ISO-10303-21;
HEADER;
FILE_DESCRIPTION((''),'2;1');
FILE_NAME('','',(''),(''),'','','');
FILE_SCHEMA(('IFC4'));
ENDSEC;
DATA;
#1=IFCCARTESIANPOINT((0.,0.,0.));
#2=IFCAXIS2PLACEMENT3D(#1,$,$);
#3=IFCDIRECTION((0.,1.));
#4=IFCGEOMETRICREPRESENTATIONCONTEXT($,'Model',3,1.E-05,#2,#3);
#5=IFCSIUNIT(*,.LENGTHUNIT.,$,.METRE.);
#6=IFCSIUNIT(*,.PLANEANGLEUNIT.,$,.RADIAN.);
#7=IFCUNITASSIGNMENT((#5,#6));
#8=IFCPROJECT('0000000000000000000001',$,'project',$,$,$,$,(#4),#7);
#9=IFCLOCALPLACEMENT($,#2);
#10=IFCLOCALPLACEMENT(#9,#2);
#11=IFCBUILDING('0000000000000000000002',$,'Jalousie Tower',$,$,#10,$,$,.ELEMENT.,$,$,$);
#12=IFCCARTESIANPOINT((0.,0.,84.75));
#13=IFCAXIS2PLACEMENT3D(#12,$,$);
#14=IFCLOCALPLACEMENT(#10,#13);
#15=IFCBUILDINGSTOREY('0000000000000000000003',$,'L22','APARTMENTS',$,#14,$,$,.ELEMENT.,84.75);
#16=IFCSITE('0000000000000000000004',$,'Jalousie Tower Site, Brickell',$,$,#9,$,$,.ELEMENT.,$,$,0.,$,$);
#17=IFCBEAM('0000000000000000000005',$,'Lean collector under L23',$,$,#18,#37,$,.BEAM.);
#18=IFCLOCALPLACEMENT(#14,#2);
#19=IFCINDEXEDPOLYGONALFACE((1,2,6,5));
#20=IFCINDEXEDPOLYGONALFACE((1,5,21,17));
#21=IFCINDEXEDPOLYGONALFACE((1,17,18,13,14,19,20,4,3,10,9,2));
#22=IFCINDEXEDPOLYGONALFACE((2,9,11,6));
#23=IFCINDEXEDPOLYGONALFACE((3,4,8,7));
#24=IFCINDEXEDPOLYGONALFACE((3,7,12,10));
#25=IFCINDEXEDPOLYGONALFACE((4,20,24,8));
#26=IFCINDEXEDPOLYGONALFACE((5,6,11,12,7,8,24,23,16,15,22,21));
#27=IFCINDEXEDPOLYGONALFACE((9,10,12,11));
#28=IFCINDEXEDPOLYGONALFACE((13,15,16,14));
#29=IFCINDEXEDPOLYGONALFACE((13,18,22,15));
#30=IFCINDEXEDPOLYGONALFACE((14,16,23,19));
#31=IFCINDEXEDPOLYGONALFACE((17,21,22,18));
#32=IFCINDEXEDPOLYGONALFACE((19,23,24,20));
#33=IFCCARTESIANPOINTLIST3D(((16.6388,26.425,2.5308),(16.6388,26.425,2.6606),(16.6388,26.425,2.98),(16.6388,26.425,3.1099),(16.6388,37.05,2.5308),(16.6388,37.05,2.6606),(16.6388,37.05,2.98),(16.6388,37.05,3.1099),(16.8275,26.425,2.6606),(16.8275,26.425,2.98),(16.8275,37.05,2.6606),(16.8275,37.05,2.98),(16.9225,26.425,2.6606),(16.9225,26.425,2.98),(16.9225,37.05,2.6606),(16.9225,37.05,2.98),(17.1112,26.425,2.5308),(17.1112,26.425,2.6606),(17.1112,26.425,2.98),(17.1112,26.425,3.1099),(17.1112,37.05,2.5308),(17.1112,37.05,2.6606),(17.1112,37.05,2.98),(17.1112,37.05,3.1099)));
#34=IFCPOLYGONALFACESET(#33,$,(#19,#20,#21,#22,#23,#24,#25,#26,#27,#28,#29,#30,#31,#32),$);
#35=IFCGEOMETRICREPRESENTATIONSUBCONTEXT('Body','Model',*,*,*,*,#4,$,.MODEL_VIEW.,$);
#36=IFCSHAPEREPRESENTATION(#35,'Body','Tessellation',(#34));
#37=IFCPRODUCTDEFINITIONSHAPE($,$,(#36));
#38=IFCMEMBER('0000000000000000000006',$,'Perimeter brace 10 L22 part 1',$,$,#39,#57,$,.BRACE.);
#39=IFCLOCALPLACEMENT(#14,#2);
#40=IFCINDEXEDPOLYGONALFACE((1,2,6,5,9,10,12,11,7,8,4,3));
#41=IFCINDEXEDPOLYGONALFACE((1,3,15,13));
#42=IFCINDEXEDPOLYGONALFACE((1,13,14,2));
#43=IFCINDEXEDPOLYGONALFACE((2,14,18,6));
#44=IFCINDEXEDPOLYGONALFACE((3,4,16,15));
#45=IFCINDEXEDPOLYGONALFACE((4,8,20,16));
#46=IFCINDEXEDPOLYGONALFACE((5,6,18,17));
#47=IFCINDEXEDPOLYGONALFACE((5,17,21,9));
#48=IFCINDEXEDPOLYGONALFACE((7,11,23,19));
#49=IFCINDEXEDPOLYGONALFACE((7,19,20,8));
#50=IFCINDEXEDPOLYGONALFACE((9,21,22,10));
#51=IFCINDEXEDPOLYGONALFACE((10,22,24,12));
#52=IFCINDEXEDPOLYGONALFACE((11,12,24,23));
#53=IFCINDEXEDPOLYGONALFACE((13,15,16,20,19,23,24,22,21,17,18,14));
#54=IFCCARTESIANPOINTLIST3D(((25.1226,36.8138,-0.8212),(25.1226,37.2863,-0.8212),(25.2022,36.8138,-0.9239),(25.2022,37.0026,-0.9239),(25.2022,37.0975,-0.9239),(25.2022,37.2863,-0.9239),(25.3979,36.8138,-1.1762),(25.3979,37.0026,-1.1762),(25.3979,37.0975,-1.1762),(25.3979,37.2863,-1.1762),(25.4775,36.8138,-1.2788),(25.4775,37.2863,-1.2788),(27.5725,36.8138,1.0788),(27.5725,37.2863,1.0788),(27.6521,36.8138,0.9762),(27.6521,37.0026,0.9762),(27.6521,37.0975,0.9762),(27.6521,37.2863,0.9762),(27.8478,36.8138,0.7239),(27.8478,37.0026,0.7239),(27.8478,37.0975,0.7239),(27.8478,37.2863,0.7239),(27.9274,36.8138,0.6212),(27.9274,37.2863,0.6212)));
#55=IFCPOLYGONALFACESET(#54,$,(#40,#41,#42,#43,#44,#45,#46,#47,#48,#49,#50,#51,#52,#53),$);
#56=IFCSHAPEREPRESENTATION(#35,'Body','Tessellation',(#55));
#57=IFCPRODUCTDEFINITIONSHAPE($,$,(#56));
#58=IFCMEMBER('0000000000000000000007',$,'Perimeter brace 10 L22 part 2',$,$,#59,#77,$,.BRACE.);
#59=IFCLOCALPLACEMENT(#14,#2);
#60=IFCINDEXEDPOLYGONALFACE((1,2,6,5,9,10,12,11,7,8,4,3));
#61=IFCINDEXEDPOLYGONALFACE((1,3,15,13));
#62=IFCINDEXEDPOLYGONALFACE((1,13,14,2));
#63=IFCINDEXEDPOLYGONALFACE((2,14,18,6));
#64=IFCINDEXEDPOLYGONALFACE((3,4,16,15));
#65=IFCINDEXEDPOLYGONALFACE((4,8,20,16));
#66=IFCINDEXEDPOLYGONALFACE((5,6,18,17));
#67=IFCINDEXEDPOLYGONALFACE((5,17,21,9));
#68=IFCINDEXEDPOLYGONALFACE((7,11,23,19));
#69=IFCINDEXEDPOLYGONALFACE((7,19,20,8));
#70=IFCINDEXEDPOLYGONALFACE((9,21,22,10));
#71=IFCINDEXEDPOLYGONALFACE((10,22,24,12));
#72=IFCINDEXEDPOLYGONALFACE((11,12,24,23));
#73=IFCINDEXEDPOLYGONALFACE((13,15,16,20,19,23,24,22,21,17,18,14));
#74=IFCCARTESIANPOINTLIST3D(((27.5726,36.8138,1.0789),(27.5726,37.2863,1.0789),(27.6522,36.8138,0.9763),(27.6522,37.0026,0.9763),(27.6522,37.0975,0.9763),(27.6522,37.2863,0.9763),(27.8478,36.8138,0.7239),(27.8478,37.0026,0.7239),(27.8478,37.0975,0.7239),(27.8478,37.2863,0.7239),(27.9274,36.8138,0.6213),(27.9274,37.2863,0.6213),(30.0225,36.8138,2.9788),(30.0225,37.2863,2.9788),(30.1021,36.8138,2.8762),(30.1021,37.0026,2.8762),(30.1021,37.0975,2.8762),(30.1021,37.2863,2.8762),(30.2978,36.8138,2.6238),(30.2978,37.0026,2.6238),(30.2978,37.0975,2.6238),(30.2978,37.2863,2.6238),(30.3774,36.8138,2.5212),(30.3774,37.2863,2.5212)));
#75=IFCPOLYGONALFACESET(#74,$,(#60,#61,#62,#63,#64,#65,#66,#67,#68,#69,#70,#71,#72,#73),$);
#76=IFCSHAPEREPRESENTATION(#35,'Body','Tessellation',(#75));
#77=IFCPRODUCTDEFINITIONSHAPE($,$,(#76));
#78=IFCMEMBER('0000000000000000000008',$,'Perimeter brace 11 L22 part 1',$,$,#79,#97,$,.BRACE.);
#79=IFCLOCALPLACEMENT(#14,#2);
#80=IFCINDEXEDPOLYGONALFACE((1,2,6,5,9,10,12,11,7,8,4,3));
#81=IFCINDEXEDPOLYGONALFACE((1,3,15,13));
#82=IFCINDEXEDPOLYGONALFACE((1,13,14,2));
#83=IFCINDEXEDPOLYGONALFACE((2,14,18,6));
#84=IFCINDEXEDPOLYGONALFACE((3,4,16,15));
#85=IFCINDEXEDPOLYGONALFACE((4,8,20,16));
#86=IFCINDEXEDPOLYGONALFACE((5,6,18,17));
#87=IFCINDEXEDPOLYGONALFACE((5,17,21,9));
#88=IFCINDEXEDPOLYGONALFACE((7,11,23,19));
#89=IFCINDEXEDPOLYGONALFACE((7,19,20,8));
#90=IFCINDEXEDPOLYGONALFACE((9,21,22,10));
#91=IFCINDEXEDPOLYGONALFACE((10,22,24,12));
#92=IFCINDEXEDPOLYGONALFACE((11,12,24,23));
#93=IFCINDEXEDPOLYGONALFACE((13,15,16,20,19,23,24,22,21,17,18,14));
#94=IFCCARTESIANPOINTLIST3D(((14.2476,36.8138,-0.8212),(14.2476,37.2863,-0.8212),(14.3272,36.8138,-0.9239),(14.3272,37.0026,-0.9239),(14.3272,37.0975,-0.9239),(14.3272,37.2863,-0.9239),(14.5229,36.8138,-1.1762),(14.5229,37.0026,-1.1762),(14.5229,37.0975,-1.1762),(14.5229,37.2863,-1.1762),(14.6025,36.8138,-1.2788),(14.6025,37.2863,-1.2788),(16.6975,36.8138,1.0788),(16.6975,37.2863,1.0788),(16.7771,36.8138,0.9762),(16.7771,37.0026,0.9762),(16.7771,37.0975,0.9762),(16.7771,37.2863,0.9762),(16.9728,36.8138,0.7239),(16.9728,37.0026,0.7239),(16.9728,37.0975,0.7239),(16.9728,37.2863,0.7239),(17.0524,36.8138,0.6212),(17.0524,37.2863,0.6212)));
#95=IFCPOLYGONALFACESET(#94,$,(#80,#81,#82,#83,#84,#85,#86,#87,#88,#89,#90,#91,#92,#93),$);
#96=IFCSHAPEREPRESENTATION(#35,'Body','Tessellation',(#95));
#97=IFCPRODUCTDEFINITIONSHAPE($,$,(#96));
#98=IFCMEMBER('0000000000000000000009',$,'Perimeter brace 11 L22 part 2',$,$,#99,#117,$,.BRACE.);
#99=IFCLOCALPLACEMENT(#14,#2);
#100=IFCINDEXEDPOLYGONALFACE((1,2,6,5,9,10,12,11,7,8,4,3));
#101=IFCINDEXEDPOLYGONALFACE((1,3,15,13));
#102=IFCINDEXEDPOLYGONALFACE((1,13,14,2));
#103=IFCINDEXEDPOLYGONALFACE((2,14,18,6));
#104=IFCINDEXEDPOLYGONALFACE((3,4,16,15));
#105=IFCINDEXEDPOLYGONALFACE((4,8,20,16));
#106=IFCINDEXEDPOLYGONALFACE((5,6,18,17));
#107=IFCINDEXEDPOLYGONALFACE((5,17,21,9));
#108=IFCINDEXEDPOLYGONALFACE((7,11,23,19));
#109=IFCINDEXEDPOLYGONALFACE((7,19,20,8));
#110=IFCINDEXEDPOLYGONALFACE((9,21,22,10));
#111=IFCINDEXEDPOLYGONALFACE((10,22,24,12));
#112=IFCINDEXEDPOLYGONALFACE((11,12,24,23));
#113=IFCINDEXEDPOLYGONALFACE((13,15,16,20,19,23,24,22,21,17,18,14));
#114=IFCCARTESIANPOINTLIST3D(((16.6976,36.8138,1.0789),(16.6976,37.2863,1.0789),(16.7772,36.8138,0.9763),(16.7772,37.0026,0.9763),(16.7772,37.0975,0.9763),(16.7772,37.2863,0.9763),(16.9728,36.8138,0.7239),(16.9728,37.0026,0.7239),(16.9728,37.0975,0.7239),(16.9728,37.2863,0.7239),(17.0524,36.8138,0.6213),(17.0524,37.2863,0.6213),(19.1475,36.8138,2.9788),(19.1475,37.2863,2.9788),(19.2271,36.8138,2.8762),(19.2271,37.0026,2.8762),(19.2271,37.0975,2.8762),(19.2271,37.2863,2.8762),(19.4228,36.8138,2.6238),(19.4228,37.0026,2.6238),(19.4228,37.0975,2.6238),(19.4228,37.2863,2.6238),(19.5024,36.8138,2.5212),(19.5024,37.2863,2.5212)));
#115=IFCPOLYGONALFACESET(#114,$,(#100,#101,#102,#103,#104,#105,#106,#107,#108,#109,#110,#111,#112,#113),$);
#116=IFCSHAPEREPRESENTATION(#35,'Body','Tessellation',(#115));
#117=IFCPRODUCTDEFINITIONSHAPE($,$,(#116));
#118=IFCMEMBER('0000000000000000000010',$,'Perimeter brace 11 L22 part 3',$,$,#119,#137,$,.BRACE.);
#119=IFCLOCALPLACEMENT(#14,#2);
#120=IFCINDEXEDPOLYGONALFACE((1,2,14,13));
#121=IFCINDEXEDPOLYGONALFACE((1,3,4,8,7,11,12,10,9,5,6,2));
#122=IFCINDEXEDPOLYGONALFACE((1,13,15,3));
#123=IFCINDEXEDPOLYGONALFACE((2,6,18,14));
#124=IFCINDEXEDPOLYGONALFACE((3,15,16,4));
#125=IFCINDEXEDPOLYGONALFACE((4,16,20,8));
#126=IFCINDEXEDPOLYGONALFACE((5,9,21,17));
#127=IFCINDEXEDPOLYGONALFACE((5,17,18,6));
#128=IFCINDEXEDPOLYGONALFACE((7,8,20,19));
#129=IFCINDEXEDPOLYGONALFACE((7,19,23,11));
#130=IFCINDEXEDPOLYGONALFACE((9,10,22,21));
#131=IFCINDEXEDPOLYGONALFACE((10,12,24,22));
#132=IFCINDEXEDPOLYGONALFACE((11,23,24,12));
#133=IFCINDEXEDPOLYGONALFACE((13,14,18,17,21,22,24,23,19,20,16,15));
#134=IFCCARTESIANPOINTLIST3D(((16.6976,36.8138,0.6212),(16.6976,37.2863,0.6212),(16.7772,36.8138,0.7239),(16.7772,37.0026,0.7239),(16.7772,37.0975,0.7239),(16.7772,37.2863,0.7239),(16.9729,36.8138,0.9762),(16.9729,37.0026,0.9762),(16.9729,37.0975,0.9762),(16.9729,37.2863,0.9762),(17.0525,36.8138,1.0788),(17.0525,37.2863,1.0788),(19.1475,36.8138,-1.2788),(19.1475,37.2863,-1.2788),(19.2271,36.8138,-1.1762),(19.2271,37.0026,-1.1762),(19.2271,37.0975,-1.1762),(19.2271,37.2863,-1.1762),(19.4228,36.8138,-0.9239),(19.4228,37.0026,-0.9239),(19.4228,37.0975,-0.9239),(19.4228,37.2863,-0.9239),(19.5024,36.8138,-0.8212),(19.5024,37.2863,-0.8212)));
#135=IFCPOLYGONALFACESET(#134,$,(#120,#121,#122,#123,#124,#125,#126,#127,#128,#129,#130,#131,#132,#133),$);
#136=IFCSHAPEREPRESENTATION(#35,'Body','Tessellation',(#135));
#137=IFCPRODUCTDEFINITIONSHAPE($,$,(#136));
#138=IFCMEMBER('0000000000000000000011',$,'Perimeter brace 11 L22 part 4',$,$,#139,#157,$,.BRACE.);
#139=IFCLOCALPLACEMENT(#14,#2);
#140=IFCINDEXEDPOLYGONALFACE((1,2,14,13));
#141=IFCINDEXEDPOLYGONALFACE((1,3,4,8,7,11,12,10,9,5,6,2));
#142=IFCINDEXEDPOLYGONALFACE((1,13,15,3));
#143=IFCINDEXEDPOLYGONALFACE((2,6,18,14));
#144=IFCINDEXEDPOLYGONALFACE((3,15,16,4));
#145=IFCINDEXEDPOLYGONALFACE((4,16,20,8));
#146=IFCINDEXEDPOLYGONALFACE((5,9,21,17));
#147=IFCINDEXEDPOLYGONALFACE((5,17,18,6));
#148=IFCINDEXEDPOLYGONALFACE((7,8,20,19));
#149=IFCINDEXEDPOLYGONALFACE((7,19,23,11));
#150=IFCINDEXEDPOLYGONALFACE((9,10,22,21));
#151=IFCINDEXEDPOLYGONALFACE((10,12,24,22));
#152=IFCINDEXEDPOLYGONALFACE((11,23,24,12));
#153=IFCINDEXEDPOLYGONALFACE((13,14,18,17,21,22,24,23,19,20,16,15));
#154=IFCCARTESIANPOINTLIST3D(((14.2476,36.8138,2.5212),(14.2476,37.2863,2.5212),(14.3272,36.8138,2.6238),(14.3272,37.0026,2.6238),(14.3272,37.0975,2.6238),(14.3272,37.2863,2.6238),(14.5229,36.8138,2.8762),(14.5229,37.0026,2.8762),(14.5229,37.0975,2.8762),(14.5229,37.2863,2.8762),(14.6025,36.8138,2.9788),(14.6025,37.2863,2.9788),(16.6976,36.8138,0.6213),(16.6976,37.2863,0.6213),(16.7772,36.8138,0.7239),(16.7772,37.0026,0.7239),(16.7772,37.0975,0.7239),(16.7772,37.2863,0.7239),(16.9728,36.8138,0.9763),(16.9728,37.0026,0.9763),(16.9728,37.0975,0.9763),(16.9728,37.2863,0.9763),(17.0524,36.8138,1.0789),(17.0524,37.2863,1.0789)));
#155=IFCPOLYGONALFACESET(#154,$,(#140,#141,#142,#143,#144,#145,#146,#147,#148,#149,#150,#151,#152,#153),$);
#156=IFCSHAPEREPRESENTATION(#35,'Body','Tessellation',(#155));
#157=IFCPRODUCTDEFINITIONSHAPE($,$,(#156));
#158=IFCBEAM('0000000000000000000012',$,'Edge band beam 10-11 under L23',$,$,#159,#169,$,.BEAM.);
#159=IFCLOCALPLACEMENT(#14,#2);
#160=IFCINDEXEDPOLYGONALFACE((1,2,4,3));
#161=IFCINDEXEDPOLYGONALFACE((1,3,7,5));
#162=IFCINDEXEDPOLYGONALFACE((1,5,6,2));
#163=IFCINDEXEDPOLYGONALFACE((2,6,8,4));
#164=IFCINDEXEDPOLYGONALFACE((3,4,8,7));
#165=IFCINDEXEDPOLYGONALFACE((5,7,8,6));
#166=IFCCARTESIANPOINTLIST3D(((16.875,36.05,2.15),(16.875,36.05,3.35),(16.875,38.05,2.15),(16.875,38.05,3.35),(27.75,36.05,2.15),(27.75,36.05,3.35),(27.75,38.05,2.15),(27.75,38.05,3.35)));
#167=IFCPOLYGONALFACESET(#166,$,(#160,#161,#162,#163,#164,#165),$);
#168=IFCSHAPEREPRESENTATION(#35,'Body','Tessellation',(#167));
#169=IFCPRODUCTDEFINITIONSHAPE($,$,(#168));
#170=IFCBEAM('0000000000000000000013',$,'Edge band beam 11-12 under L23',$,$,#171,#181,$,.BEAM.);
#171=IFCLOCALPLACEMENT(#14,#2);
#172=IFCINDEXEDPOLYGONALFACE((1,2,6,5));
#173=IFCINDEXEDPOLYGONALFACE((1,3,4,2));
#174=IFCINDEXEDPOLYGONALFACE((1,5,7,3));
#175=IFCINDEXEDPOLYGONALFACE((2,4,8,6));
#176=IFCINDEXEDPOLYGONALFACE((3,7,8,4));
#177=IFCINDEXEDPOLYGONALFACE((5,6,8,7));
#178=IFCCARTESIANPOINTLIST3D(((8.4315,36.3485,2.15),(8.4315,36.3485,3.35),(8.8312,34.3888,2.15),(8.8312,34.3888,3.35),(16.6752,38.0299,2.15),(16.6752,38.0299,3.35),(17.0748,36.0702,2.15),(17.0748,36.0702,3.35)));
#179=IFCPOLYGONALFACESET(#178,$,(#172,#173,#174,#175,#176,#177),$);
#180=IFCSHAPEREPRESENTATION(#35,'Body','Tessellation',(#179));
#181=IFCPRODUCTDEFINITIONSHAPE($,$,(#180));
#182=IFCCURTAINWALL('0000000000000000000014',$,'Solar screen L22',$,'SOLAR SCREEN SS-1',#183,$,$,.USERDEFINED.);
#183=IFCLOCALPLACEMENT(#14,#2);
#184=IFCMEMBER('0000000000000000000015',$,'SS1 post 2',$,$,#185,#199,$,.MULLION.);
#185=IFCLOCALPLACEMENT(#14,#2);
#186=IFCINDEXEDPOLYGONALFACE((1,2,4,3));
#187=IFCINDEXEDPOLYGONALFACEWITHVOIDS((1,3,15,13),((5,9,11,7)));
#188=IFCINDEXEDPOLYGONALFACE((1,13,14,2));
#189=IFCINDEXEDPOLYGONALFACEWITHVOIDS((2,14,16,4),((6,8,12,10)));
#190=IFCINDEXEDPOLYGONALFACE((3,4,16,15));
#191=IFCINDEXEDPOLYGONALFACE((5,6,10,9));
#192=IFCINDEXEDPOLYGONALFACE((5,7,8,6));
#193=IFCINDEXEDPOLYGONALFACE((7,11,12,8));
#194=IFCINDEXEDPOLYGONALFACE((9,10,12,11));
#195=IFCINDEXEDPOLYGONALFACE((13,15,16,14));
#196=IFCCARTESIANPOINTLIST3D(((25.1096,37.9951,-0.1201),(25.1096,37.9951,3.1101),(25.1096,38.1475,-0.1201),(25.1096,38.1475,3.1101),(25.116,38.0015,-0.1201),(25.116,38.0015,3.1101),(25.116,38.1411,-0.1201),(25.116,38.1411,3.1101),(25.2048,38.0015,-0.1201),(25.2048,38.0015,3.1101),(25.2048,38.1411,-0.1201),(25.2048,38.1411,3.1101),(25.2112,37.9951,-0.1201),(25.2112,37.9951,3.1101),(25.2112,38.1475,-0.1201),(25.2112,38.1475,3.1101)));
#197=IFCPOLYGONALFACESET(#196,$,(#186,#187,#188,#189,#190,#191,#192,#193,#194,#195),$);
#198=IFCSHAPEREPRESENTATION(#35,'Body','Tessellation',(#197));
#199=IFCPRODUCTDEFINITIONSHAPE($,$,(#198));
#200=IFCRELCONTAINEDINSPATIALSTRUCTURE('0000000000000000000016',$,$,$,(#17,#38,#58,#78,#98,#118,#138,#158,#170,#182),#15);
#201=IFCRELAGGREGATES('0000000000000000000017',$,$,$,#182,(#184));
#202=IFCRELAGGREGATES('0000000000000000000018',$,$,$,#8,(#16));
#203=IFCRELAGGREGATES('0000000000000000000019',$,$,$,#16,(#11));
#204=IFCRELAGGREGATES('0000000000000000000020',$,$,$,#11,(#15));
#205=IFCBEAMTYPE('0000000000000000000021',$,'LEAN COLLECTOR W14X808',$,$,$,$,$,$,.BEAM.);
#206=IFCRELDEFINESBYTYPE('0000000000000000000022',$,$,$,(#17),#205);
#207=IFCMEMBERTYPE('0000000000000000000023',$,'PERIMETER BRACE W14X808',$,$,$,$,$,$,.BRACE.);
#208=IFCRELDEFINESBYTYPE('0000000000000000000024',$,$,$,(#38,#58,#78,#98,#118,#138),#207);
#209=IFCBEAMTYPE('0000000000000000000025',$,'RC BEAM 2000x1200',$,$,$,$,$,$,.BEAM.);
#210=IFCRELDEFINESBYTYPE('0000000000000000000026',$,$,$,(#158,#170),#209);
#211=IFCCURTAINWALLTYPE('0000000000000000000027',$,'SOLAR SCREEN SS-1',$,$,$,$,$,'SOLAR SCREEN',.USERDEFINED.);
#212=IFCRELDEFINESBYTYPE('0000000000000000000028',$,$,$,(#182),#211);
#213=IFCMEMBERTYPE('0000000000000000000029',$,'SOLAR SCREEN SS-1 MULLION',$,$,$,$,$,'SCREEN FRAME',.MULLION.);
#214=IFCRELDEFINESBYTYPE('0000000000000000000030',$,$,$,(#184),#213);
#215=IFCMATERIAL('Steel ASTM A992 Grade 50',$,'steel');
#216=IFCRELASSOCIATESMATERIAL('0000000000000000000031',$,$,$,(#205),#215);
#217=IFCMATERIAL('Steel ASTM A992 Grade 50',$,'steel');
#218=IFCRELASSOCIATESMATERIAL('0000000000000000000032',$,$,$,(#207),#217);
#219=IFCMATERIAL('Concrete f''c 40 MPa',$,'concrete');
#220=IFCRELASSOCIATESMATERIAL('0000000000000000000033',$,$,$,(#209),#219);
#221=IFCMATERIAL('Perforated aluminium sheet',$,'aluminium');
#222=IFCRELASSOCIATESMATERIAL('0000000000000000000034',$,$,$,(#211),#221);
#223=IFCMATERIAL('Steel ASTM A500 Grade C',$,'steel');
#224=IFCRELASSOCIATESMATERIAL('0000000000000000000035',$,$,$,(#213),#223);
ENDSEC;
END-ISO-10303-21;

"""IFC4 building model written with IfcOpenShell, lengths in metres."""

from ifc_helpers import new_model, si_unit, direction, frame, origin, origin_2d, place, context, subcontext, project, spatial, rectangle, hollow_rectangle, i_section, extrude, material, material_profile, profile_set, type_object, element, aggregate, save


model = new_model("IFC4")

# Units and contexts
model_context = context("Model", 3, precision=1e-05, world=origin(), true_north=direction((0.0, 1.0)))
body_context = subcontext(model_context, "Body", "Model", "MODEL_VIEW")
ifc_project = project(units=[si_unit("LENGTHUNIT", "METRE"), si_unit("PLANEANGLEUNIT", "RADIAN")], contexts=[model_context])

# Site, building, storey
site_placement = place(None, origin())
site = spatial("IfcSite", under=ifc_project, at=site_placement, Name="Jalousie Tower Site, Brickell", CompositionType="ELEMENT", RefElevation=0.0)
building_placement = place(site_placement, origin())
building = spatial("IfcBuilding", under=site, at=building_placement, Name="Jalousie Tower", CompositionType="ELEMENT")
storey_placement = place(building_placement, frame((0.0, 0.0, 84.75)))
storey = spatial("IfcBuildingStorey", under=building, at=storey_placement, Name="L22", Description="APARTMENTS", CompositionType="ELEMENT", Elevation=84.75)

# Beam
ifc_material_1 = material(Name="Steel ASTM A992 Grade 50", Category="steel")
ifc_material_profile_1 = material_profile(ifc_material_1, i_section(OverallWidth=0.4724, OverallDepth=0.5791, WebThickness=0.095, FlangeThickness=0.1299, at=origin_2d()), Name="W14X808")
ifc_profile_set_1 = profile_set([ifc_material_profile_1], Name="Steel ASTM A992 Grade 50")
beam_type_1 = type_object("IfcBeamType", Name="LEAN COLLECTOR W14X808", PredefinedType="BEAM", material=ifc_profile_set_1)
beam_1_placement = place(storey_placement, frame((16.875, 37.05, 2.8203), z_axis=(0.0, -1.0, 0.0), x_axis=(1.0, 0.0, 0.0)))
element("IfcBeam", 1, at=beam_1_placement, inside=storey, type_object=beam_type_1, Name="Lean collector under L23", PredefinedType="BEAM", context=body_context, shape_type="SweptSolid", body=[
    extrude(i_section(OverallWidth=0.4724, OverallDepth=0.5791, WebThickness=0.095, FlangeThickness=0.1299, at=origin_2d()), origin(), (0.0, 0.0, 1.0), 10.625),
])

# Members
ifc_material_2 = material(Name="Steel ASTM A992 Grade 50", Category="steel")
ifc_material_profile_2 = material_profile(ifc_material_2, i_section(OverallWidth=0.4724, OverallDepth=0.5791, WebThickness=0.095, FlangeThickness=0.1299, at=origin_2d()), Name="W14X808")
ifc_profile_set_2 = profile_set([ifc_material_profile_2], Name="Steel ASTM A992 Grade 50")
member_type_1 = type_object("IfcMemberType", Name="PERIMETER BRACE W14X808", PredefinedType="BRACE", material=ifc_profile_set_2)
for number, where, z_axis, x_axis, name in (
    (2, (25.3, 37.05, -1.05), (0.790191, 0.0, 0.612861), (0.0, 1.0, 0.0), "Perimeter brace 10 L22 part 1"),
    (3, (27.75, 37.05, 0.8501), (0.790229, 0.0, 0.612811), (0.0, 1.0, 0.0), "Perimeter brace 10 L22 part 2"),
    (4, (14.425, 37.05, -1.05), (0.790191, 0.0, 0.612861), (0.0, 1.0, 0.0), "Perimeter brace 11 L22 part 1"),
    (5, (16.875, 37.05, 0.8501), (0.790229, 0.0, 0.612811), (0.0, 1.0, 0.0), "Perimeter brace 11 L22 part 2"),
    (6, (19.325, 37.05, -1.05), (-0.790191, 0.0, 0.612861), (0.0, -1.0, 0.0), "Perimeter brace 11 L22 part 3"),
    (7, (16.875, 37.05, 0.8501), (-0.790229, 0.0, 0.612811), (0.0, -1.0, 0.0), "Perimeter brace 11 L22 part 4"),
):
    element("IfcMember", number, at=place(storey_placement, frame(where, z_axis=z_axis, x_axis=x_axis)), inside=storey, type_object=member_type_1, Name=name, PredefinedType="BRACE", context=body_context, shape_type="SweptSolid", body=[
        extrude(i_section(OverallWidth=0.4724, OverallDepth=0.5791, WebThickness=0.095, FlangeThickness=0.1299, at=origin_2d()), origin(), (0.0, 0.0, 1.0), 3.1003),
    ])

# Beams
ifc_material_3 = material(Name="Concrete f'c 40 MPa", Category="concrete")
ifc_material_profile_3 = material_profile(ifc_material_3, rectangle(XDim=2.0, YDim=1.2, at=origin_2d()), Name="RC 2000x1200")
ifc_profile_set_3 = profile_set([ifc_material_profile_3], Name="Concrete f'c 40 MPa")
beam_type_2 = type_object("IfcBeamType", Name="RC BEAM 2000x1200", PredefinedType="BEAM", material=ifc_profile_set_3)
beam_2_placement = place(storey_placement, frame((27.75, 37.05, 2.75), z_axis=(-1.0, 0.0, 0.0), x_axis=(0.0, -1.0, 0.0)))
element("IfcBeam", 8, at=beam_2_placement, inside=storey, type_object=beam_type_2, Name="Edge band beam 10-11 under L23", PredefinedType="BEAM", context=body_context, shape_type="SweptSolid", body=[
    extrude(rectangle(XDim=2.0, YDim=1.2, at=origin_2d()), origin(), (0.0, 0.0, 1.0), 10.875),
])
beam_3_placement = place(storey_placement, frame((16.875, 37.05, 2.75), z_axis=(-0.979827, -0.199848, 0.0), x_axis=(0.199848, -0.979827, 0.0)))
element("IfcBeam", 9, at=beam_3_placement, inside=storey, type_object=beam_type_2, Name="Edge band beam 11-12 under L23", PredefinedType="BEAM", context=body_context, shape_type="SweptSolid", body=[
    extrude(rectangle(XDim=2.0, YDim=1.2, at=origin_2d()), origin(), (0.0, 0.0, 1.0), 8.4133),
])

# Curtain wall, member
ifc_material_4 = material(Name="Perforated aluminium sheet", Category="aluminium")
curtain_wall_type = type_object("IfcCurtainWallType", Name="SOLAR SCREEN SS-1", ElementType="SOLAR SCREEN", PredefinedType="USERDEFINED", material=ifc_material_4)
curtain_wall_1_placement = place(storey_placement, origin())
curtain_wall_1 = element("IfcCurtainWall", 10, at=curtain_wall_1_placement, inside=storey, type_object=curtain_wall_type, Name="Solar screen L22", ObjectType="SOLAR SCREEN SS-1", PredefinedType="USERDEFINED")
ifc_material_5 = material(Name="Steel ASTM A500 Grade C", Category="steel")
ifc_material_profile_4 = material_profile(ifc_material_5, hollow_rectangle(XDim=0.1016, YDim=0.1523, WallThickness=0.0063, at=origin_2d()), Name="HSS6X4X1/4")
ifc_profile_set_4 = profile_set([ifc_material_profile_4], Name="Steel ASTM A500 Grade C")
member_type_2 = type_object("IfcMemberType", Name="SOLAR SCREEN SS-1 MULLION", ElementType="SCREEN FRAME", PredefinedType="MULLION", material=ifc_profile_set_4)
member_1_placement = place(storey_placement, frame((25.1604, 38.0713, -0.1201), z_axis=(0.0, 0.0, 1.0), x_axis=(-1.0, 0.0, 0.0)))
member_1 = element("IfcMember", 11, at=member_1_placement, type_object=member_type_2, Name="SS1 post 2", PredefinedType="MULLION", context=body_context, shape_type="SweptSolid", body=[
    extrude(hollow_rectangle(XDim=0.1016, YDim=0.1523, WallThickness=0.0063, at=origin_2d()), origin(), (0.0, 0.0, 1.0), 3.2302),
])
aggregate(curtain_wall_1, [member_1])

save(model, "model.ifc")
